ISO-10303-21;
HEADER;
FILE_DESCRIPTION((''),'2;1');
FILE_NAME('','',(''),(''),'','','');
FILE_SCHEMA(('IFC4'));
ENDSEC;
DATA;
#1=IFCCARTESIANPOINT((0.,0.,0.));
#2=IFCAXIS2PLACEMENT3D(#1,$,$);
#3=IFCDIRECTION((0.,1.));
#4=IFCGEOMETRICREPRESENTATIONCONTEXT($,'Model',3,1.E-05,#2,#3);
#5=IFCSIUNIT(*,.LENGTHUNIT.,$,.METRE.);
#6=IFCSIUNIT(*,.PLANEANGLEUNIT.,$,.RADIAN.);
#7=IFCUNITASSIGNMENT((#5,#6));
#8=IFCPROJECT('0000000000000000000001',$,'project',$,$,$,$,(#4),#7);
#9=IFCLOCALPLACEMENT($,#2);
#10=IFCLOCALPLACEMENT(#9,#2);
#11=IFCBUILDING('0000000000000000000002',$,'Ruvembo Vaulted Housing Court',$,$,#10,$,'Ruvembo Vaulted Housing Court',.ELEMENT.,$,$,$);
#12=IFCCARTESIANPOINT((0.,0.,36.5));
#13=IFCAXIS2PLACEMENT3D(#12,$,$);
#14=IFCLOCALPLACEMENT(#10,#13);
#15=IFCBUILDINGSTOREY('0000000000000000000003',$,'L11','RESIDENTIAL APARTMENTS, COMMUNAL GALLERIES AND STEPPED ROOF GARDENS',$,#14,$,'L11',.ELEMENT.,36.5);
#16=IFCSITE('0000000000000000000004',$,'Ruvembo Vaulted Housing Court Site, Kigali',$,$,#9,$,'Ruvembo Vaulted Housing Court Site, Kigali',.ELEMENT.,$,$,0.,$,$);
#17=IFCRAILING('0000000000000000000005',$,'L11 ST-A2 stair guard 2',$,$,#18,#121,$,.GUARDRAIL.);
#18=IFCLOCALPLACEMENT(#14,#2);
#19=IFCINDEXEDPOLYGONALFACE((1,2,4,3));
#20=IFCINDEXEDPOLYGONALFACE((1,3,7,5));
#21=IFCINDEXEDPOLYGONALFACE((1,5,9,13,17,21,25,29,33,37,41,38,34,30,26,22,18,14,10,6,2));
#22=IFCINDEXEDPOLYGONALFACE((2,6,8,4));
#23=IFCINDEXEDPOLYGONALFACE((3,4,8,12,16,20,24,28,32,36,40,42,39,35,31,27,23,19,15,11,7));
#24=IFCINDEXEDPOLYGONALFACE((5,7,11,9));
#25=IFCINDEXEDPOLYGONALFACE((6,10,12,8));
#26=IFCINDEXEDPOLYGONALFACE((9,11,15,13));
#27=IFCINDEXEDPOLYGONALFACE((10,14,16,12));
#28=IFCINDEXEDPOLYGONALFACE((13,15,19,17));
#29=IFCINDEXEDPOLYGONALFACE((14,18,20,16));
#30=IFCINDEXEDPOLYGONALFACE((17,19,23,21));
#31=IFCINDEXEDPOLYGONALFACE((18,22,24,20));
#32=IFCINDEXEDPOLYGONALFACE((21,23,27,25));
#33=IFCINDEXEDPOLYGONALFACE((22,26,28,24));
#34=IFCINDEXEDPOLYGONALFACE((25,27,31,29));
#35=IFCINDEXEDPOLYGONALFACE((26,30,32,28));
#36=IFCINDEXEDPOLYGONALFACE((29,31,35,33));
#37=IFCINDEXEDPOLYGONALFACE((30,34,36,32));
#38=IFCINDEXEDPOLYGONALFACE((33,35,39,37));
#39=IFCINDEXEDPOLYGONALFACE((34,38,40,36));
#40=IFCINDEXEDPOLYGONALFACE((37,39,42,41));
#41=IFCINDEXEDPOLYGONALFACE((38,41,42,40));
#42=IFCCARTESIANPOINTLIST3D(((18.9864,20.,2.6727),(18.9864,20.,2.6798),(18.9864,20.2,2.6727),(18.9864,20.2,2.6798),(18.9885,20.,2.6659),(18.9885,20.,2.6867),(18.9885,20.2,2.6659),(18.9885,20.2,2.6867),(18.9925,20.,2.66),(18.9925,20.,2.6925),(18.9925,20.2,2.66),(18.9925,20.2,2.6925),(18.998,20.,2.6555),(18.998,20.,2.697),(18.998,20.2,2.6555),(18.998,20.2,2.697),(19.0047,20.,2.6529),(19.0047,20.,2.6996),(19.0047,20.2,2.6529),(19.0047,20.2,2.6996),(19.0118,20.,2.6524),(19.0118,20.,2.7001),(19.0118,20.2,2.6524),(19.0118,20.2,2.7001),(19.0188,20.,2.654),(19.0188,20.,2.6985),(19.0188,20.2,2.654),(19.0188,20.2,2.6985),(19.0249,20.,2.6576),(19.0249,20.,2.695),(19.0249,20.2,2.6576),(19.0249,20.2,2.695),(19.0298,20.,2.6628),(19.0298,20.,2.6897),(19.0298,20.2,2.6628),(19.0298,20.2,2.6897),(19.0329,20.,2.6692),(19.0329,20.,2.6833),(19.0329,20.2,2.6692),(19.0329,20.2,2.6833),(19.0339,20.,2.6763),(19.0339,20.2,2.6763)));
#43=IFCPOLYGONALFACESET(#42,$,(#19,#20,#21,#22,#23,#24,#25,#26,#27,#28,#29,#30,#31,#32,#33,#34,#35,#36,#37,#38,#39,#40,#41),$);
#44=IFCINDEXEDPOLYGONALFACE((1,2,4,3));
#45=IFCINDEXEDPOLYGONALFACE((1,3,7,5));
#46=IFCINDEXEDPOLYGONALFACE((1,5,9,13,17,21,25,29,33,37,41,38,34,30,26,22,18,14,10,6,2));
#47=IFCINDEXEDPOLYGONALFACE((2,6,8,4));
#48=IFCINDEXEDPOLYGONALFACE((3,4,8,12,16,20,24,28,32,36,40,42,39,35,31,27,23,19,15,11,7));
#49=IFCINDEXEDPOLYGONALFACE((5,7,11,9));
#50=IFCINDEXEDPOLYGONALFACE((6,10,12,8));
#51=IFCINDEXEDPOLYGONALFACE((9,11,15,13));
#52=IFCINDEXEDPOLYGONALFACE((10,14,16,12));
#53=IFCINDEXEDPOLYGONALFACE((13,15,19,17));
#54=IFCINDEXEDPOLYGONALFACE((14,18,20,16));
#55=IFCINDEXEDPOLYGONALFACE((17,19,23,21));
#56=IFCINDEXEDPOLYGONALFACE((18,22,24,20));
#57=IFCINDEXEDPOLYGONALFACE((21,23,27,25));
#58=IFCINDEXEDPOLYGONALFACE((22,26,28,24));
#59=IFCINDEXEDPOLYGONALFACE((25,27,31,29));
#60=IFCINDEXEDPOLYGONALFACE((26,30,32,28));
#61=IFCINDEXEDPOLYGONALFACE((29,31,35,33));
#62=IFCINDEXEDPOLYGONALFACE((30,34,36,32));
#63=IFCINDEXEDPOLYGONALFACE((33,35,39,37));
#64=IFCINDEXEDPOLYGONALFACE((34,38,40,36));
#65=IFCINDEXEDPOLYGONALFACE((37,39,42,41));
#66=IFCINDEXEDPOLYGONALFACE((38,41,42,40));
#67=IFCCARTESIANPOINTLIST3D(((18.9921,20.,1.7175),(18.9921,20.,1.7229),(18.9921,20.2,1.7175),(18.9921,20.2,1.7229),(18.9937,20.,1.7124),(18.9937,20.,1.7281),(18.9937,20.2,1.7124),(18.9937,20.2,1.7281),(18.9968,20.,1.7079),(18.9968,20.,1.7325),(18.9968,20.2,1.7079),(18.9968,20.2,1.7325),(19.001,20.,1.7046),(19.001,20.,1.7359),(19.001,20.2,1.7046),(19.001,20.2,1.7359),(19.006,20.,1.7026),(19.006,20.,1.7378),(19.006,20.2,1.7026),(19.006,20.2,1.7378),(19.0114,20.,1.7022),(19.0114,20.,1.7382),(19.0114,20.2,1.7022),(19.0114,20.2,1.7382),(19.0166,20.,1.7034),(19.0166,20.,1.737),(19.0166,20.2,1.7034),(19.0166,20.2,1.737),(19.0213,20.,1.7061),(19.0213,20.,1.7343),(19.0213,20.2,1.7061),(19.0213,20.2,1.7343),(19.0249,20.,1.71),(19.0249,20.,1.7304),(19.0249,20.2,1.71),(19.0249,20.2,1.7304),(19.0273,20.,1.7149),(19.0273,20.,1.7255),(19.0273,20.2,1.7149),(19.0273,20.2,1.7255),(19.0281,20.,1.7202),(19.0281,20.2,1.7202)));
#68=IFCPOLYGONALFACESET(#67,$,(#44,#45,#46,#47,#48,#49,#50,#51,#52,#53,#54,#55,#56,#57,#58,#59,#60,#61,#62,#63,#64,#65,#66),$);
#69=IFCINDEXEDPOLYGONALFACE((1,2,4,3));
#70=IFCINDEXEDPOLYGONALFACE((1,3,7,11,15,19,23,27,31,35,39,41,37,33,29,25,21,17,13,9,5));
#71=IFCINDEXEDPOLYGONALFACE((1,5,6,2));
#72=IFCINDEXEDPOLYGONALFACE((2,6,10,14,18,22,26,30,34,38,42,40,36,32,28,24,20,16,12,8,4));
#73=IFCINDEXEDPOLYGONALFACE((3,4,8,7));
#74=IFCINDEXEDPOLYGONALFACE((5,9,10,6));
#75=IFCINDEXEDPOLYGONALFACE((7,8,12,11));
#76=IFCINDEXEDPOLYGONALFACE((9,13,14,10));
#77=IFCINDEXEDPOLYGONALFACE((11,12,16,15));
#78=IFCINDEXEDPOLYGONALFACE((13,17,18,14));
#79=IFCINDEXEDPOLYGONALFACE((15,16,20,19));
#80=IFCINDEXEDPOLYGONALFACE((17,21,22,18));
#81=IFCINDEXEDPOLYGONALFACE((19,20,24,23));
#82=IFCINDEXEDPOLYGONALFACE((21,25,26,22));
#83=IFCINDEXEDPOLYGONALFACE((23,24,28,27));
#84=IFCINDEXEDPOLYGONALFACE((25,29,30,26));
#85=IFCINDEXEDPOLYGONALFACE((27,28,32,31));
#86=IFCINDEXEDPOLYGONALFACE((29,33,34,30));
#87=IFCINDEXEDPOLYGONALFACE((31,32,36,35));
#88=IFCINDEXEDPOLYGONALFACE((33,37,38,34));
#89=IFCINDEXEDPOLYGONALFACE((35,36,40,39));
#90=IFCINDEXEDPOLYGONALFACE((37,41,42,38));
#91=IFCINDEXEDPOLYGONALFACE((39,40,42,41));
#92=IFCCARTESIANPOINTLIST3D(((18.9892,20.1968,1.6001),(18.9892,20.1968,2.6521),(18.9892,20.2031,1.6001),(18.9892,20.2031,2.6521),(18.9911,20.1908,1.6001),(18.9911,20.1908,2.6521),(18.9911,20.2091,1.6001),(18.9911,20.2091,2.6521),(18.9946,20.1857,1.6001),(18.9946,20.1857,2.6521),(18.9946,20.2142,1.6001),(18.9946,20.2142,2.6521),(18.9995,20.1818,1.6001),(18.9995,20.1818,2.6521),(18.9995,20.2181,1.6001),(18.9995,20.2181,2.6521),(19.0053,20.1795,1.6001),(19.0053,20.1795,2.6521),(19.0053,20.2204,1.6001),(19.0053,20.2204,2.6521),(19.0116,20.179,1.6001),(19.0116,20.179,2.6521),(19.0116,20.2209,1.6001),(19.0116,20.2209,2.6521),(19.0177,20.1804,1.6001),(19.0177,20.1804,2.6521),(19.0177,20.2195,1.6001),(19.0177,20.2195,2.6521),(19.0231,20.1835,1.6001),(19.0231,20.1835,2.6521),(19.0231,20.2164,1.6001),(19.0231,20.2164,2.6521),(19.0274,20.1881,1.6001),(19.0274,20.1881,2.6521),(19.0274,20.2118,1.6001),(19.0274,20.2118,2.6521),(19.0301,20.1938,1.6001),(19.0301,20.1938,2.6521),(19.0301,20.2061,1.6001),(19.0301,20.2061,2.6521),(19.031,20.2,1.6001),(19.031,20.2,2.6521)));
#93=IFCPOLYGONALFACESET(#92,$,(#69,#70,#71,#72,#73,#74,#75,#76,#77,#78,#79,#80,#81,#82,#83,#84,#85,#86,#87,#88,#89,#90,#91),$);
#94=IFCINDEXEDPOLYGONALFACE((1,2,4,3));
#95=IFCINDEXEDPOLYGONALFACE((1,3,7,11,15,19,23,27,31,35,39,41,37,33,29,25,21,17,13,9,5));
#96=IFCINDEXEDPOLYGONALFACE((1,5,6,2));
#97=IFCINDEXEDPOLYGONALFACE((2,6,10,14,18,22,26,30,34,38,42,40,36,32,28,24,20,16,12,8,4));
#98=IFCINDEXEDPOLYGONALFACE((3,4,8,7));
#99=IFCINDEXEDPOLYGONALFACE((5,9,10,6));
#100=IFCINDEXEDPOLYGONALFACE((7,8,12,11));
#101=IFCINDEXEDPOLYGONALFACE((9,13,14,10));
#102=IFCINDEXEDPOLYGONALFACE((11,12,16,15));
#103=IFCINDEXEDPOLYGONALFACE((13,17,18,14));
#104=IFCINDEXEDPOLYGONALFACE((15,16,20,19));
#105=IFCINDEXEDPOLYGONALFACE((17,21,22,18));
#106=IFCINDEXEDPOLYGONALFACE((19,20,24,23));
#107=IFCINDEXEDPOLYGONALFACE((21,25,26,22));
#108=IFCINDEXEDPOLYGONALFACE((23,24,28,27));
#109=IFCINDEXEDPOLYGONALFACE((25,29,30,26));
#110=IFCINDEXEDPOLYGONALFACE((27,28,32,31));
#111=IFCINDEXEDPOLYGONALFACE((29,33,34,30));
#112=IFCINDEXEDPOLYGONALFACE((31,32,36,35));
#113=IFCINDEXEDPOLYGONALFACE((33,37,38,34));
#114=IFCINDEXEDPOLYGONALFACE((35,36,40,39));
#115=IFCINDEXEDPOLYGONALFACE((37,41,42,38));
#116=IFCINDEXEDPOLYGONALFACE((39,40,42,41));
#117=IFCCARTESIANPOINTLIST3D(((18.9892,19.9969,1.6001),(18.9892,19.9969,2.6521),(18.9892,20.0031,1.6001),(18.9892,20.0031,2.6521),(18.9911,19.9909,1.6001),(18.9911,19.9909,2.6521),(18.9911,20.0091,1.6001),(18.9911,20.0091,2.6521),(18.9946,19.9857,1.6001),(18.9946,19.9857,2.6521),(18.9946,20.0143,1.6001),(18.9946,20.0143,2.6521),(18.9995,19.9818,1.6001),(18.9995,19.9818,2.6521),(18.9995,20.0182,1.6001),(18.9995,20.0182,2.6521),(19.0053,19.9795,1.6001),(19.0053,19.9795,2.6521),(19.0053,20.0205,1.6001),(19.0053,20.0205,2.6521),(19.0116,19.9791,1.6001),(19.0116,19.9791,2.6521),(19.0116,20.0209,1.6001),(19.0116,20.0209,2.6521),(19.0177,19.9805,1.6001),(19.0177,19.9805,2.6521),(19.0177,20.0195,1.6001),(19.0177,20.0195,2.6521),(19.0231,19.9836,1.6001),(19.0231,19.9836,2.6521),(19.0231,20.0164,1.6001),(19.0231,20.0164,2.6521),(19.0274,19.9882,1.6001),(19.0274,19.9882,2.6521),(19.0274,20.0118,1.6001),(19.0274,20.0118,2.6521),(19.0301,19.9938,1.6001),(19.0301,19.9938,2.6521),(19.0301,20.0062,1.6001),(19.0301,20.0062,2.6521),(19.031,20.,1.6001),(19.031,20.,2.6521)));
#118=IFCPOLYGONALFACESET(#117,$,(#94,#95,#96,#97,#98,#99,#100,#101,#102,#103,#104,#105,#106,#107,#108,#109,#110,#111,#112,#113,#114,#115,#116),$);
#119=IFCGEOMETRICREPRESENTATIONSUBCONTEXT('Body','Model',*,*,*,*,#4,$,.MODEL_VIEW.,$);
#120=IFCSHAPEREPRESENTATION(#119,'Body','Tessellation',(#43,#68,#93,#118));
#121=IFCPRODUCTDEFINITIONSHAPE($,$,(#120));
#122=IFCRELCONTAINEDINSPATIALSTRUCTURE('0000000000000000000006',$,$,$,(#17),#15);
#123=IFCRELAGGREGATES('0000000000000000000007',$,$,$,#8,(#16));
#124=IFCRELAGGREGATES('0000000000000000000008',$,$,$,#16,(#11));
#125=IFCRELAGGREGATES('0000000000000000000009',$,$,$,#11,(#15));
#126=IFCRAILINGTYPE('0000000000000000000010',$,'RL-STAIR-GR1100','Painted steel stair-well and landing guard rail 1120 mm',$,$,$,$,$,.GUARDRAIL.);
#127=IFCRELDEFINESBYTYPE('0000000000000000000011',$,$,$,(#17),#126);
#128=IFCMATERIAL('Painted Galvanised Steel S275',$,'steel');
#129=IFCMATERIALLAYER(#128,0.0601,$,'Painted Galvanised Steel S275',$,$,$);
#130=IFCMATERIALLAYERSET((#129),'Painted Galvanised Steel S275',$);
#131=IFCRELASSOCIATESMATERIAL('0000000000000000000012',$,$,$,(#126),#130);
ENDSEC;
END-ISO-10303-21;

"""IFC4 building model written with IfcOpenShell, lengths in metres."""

from ifc_helpers import new_model, si_unit, direction, frame, origin, origin_2d, place, context, subcontext, project, spatial, circle, extrude, material, layer, layer_set, type_object, element, save


model = new_model("IFC4")

# Units and contexts
model_context = context("Model", 3, precision=1e-05, world=origin(), true_north=direction((0.0, 1.0)))
body_context = subcontext(model_context, "Body", "Model", "MODEL_VIEW")
ifc_project = project(units=[si_unit("LENGTHUNIT", "METRE"), si_unit("PLANEANGLEUNIT", "RADIAN")], contexts=[model_context])

# Site, building, storey
site_placement = place(None, origin())
site = spatial("IfcSite", under=ifc_project, at=site_placement, Name="Ruvembo Vaulted Housing Court Site, Kigali", LongName="Ruvembo Vaulted Housing Court Site, Kigali", CompositionType="ELEMENT", RefElevation=0.0)
building_placement = place(site_placement, origin())
building = spatial("IfcBuilding", under=site, at=building_placement, Name="Ruvembo Vaulted Housing Court", LongName="Ruvembo Vaulted Housing Court", CompositionType="ELEMENT")
storey_placement = place(building_placement, frame((0.0, 0.0, 36.5)))
storey = spatial("IfcBuildingStorey", under=building, at=storey_placement, Name="L11", Description="RESIDENTIAL APARTMENTS, COMMUNAL GALLERIES AND STEPPED ROOF GARDENS", LongName="L11", CompositionType="ELEMENT", Elevation=36.5)

# Railing
ifc_material_1 = material(Name="Painted Galvanised Steel S275", Category="steel")
ifc_layer_1 = layer(ifc_material_1, 0.0601, Name="Painted Galvanised Steel S275")
ifc_layer_set_1 = layer_set([ifc_layer_1], Name="Painted Galvanised Steel S275")
railing_type_1 = type_object("IfcRailingType", Name="RL-STAIR-GR1100", Description="Painted steel stair-well and landing guard rail 1120 mm", PredefinedType="GUARDRAIL", material=ifc_layer_set_1)
railing_1_placement = place(storey_placement, frame((19.01, 20.2, 1.6001)))
element("IfcRailing", 1, at=railing_1_placement, inside=storey, type_object=railing_type_1, Name="L11 ST-A2 stair guard 2", PredefinedType="GUARDRAIL", context=body_context, shape_type="SweptSolid", body=[
    extrude(circle(Radius=0.0239, at=origin_2d()), frame((0.0, 0.0, 1.0762), z_axis=(0.0, -1.0, 0.0), x_axis=(1.0, 0.0, 0.0)), (0.0, 0.0, 1.0), 0.2),
    extrude(circle(Radius=0.0181, at=origin_2d()), frame((0.0, 0.0, 0.1201), z_axis=(0.0, -1.0, 0.0), x_axis=(1.0, 0.0, 0.0)), (0.0, 0.0, 1.0), 0.2),
    extrude(circle(Radius=0.021, at=origin_2d()), origin(), (0.0, 0.0, 1.0), 1.052),
    extrude(circle(Radius=0.021, at=origin_2d()), frame((0.0, -0.2, 0.0)), (0.0, 0.0, 1.0), 1.052),
])

save(model, "model.ifc")
